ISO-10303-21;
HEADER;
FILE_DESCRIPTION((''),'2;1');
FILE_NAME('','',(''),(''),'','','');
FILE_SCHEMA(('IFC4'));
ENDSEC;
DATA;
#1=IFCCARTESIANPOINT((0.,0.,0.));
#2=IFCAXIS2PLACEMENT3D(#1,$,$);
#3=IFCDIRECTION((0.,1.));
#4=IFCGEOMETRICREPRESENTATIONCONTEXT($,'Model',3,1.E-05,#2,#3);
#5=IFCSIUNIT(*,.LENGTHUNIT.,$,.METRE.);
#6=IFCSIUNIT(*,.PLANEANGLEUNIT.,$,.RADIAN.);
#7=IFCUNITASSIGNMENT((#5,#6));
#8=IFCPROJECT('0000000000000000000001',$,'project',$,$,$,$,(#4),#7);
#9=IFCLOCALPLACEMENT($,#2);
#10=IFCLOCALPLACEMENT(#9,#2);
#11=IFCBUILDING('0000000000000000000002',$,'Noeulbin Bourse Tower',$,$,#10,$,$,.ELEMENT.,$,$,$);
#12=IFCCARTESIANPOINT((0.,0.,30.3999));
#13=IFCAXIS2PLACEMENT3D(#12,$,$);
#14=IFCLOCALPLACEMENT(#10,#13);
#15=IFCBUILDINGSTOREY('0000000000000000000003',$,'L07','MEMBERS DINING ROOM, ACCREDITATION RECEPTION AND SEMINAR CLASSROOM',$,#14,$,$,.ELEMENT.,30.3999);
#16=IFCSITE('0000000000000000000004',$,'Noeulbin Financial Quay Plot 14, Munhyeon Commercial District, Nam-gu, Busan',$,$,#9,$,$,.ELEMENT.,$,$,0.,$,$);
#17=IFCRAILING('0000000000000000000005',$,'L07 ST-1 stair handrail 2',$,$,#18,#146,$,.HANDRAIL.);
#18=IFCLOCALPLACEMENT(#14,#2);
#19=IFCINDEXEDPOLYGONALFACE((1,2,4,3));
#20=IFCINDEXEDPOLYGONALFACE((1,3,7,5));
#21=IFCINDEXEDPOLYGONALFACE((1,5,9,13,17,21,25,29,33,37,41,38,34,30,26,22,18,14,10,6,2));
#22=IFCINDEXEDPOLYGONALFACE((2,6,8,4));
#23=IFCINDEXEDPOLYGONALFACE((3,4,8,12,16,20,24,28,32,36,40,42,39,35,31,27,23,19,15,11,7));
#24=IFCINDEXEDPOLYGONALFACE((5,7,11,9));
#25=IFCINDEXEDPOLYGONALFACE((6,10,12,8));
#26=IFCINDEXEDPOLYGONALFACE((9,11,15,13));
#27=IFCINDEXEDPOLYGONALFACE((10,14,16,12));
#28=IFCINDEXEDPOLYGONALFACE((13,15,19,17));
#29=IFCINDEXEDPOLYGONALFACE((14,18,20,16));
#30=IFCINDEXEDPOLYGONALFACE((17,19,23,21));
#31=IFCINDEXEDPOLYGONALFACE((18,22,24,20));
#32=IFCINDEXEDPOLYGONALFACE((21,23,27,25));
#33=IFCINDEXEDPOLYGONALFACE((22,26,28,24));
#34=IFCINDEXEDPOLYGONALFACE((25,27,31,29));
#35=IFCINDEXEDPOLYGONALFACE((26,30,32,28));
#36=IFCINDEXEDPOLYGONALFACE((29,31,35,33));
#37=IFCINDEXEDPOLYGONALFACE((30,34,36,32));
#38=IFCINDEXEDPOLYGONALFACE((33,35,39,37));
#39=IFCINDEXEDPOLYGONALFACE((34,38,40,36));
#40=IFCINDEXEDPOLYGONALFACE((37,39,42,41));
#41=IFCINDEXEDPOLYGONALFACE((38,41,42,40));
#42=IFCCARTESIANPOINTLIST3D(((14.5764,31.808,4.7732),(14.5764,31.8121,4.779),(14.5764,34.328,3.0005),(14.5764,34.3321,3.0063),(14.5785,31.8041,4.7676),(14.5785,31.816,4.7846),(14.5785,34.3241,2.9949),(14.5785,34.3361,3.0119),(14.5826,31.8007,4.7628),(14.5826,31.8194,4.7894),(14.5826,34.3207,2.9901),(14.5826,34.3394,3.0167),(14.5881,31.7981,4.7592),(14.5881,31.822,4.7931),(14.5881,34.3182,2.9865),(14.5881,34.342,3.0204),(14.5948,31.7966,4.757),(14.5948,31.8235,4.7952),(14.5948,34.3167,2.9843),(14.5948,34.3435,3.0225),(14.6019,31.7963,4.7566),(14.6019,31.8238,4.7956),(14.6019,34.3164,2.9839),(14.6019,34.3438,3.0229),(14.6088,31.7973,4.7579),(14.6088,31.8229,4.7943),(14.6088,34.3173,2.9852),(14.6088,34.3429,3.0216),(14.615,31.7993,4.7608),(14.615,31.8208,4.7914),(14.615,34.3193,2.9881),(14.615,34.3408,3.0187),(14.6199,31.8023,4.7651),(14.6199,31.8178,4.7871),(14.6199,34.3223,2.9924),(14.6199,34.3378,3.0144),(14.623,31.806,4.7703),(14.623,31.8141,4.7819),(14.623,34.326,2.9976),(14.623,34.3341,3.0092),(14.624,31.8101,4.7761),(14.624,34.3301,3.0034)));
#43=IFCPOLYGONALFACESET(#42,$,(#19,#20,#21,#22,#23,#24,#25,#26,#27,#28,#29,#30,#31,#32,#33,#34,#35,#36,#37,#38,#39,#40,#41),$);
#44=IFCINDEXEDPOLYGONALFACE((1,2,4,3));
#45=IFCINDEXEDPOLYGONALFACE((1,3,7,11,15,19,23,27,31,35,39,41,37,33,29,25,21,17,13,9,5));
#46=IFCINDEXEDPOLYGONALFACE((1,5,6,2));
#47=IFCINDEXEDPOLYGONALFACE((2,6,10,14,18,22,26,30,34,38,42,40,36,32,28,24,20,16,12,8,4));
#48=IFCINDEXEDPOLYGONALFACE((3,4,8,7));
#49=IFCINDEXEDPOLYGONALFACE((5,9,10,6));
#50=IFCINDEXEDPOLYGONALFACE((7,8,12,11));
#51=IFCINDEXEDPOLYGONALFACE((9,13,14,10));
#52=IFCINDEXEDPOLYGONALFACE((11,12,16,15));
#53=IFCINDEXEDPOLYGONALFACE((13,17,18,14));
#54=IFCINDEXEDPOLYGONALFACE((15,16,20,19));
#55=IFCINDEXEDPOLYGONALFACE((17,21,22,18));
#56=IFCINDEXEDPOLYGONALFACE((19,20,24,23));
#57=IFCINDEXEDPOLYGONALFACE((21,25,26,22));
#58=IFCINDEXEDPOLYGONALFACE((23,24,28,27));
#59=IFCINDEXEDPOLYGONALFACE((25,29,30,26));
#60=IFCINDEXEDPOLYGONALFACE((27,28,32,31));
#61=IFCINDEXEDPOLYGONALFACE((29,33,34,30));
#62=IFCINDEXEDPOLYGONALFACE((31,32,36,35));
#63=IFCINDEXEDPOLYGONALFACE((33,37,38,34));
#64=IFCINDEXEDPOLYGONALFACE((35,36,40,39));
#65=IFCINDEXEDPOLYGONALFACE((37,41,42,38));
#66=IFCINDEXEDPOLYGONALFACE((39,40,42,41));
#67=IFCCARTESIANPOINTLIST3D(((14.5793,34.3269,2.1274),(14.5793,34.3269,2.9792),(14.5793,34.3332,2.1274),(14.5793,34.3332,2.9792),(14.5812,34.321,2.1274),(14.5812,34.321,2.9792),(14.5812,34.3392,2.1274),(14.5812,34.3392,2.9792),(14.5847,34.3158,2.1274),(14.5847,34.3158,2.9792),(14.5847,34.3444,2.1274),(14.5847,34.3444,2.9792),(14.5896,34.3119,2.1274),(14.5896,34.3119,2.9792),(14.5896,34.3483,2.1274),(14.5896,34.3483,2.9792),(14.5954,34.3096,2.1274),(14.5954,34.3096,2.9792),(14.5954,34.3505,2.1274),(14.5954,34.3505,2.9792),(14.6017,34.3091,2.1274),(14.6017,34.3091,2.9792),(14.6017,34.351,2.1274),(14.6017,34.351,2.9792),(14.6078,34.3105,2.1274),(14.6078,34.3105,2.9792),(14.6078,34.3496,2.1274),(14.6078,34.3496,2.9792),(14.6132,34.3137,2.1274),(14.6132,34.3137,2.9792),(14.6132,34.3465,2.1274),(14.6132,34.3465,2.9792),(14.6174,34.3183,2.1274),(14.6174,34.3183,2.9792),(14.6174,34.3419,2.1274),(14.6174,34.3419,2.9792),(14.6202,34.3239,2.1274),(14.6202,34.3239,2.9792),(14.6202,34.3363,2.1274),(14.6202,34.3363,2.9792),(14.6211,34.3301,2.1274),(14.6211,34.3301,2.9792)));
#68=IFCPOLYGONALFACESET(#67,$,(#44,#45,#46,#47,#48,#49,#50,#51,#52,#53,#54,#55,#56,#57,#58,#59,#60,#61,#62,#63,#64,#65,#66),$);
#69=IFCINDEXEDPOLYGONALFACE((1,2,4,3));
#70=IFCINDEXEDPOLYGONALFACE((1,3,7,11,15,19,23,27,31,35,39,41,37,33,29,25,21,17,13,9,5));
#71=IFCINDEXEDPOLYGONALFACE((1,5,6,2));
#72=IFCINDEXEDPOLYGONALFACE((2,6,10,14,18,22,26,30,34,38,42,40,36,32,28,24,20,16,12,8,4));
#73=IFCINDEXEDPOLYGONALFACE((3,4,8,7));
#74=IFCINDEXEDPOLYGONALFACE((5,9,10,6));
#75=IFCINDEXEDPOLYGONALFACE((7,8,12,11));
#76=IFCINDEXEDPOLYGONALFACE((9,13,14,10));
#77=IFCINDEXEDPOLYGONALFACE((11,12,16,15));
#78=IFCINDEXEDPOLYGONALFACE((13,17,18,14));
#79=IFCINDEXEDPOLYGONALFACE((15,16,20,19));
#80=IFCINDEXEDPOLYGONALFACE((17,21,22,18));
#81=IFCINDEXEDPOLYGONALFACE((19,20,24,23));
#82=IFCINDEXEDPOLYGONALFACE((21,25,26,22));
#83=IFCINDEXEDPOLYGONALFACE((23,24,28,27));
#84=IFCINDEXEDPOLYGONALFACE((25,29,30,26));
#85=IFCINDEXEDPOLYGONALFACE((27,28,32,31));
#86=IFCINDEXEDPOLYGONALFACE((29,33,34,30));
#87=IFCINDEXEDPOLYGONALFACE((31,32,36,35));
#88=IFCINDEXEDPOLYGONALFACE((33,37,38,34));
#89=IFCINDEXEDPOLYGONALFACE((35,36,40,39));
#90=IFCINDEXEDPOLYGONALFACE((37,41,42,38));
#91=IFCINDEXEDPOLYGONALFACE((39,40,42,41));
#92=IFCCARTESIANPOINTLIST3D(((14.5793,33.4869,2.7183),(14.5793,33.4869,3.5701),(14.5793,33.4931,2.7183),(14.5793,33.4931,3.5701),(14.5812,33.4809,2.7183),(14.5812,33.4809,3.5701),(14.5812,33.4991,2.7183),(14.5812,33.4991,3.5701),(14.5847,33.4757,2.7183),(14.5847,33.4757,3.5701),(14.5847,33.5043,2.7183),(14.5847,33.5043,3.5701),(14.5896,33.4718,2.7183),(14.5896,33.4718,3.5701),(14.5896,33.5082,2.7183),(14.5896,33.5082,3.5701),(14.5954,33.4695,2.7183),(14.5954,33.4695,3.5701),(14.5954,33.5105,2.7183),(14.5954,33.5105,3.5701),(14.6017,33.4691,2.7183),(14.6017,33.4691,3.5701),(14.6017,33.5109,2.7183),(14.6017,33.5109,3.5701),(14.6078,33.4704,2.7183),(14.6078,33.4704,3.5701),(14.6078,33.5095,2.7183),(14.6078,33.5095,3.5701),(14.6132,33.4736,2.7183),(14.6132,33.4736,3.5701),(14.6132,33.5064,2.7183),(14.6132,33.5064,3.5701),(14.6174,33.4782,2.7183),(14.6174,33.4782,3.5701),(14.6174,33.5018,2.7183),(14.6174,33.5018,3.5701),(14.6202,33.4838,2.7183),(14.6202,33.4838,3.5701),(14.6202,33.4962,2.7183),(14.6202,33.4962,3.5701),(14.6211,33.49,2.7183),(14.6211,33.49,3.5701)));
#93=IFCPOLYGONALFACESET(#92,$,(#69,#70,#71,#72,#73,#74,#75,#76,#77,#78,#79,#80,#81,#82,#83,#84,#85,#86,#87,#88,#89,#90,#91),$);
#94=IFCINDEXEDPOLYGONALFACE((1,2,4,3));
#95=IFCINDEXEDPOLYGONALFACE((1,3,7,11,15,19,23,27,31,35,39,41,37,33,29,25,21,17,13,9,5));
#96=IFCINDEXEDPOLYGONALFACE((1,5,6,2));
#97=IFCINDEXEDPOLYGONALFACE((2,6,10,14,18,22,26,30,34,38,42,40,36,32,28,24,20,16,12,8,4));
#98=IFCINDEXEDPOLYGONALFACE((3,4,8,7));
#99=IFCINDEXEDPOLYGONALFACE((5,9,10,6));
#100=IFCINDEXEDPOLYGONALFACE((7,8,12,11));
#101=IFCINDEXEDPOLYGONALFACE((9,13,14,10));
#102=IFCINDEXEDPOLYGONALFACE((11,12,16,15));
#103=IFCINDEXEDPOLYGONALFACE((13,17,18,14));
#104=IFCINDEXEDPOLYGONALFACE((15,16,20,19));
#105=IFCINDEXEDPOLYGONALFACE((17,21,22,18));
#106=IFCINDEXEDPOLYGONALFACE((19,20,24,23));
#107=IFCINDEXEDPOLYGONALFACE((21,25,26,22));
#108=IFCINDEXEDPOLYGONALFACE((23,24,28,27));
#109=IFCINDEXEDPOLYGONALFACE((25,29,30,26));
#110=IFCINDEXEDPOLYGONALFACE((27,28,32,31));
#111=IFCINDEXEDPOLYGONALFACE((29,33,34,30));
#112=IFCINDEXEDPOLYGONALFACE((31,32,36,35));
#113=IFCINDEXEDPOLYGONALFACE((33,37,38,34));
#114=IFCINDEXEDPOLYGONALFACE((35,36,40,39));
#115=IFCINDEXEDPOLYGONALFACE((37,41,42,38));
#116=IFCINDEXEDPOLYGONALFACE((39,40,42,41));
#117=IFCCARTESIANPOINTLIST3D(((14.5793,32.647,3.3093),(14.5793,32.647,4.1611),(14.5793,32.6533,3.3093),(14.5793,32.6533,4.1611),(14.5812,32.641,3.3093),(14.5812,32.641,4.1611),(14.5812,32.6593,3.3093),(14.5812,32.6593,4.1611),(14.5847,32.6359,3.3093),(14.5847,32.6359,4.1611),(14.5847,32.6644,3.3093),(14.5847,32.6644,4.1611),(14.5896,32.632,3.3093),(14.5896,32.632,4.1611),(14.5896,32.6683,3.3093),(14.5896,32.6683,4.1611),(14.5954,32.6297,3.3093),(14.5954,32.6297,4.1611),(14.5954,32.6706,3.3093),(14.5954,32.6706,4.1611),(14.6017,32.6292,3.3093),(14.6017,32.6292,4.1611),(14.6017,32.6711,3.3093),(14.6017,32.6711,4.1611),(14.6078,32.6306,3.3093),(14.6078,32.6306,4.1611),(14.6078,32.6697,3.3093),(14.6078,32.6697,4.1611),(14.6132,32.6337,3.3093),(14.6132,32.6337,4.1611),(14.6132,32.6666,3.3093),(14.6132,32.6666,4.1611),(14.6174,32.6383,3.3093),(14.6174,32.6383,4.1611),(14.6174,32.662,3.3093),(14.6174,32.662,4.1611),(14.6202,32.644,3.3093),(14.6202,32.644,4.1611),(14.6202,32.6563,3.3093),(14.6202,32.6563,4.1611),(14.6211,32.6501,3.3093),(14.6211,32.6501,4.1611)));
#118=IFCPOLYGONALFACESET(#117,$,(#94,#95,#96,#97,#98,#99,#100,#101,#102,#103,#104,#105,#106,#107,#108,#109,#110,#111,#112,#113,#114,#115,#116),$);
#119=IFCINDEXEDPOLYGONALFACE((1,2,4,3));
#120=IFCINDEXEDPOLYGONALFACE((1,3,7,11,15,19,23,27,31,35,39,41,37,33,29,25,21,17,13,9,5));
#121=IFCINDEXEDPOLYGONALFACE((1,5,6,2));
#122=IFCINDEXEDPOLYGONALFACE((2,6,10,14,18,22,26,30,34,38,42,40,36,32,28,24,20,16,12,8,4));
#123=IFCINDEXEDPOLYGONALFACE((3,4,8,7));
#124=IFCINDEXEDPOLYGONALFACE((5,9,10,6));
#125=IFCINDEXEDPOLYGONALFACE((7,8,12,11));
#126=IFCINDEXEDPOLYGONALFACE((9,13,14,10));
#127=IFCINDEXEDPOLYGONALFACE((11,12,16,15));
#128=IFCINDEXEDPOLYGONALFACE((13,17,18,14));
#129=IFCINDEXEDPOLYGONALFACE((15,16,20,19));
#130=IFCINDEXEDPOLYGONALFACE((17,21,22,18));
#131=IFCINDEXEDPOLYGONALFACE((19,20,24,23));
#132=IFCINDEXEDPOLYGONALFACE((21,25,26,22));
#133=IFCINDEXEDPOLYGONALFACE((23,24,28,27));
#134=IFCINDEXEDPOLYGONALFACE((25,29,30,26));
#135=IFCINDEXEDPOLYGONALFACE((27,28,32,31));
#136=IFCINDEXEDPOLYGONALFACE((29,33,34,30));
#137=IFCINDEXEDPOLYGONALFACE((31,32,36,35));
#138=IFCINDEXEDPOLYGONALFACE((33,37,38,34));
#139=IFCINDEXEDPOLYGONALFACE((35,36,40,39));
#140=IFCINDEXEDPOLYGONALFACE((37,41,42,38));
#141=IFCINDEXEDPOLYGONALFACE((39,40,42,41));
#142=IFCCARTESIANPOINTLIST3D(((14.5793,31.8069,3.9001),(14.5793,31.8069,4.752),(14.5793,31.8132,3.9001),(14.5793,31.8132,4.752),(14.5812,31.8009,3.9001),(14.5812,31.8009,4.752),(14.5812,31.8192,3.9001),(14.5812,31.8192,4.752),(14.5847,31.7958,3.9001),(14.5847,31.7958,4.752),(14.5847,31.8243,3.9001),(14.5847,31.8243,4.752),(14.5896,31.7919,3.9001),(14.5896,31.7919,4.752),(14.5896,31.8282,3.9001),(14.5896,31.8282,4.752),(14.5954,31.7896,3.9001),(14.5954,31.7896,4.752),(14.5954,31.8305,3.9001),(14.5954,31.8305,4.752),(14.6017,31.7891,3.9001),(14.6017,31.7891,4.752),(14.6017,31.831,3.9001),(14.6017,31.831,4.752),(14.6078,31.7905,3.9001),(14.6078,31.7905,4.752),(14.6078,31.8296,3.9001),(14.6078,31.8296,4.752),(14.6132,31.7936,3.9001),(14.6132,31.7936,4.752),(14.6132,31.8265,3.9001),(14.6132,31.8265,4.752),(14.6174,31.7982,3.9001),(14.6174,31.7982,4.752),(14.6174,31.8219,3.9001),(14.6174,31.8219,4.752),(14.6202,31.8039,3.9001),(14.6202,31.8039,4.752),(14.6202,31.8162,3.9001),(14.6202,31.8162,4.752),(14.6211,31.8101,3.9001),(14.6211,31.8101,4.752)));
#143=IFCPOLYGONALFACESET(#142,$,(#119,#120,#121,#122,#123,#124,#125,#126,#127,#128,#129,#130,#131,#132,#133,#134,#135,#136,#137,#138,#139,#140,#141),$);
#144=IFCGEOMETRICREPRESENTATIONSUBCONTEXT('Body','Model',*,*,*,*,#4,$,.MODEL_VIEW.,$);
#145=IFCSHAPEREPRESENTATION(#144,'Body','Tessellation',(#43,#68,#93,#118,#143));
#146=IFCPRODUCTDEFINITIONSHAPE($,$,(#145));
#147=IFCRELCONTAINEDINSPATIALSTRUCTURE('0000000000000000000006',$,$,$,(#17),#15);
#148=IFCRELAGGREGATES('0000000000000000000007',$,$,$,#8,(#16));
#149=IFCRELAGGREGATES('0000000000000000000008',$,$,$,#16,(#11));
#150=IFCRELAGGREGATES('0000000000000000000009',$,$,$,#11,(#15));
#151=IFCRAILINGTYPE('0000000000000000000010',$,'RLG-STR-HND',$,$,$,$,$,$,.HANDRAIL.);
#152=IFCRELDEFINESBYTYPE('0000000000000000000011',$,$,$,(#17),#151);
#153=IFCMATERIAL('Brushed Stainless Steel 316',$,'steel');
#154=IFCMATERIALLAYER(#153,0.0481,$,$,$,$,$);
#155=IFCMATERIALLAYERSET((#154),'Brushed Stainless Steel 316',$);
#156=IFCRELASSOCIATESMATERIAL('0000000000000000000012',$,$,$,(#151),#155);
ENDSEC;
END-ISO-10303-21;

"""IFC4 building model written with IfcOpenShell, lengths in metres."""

from ifc_helpers import new_model, si_unit, direction, frame, origin, origin_2d, place, context, subcontext, project, spatial, circle, extrude, material, layer, layer_set, type_object, element, save


model = new_model("IFC4")

# Units and contexts
model_context = context("Model", 3, precision=1e-05, world=origin(), true_north=direction((0.0, 1.0)))
body_context = subcontext(model_context, "Body", "Model", "MODEL_VIEW")
ifc_project = project(units=[si_unit("LENGTHUNIT", "METRE"), si_unit("PLANEANGLEUNIT", "RADIAN")], contexts=[model_context])

# Site, building, storey
site_placement = place(None, origin())
site = spatial("IfcSite", under=ifc_project, at=site_placement, Name="Noeulbin Financial Quay Plot 14, Munhyeon Commercial District, Nam-gu, Busan", CompositionType="ELEMENT", RefElevation=0.0)
building_placement = place(site_placement, origin())
building = spatial("IfcBuilding", under=site, at=building_placement, Name="Noeulbin Bourse Tower", CompositionType="ELEMENT")
storey_placement = place(building_placement, frame((0.0, 0.0, 30.3999)))
storey = spatial("IfcBuildingStorey", under=building, at=storey_placement, Name="L07", Description="MEMBERS DINING ROOM, ACCREDITATION RECEPTION AND SEMINAR CLASSROOM", CompositionType="ELEMENT", Elevation=30.3999)

# Shared definitions
ifc_material_1 = material(Name="Brushed Stainless Steel 316", Category="steel")

# Railing
ifc_layer_1 = layer(ifc_material_1, 0.0481)
ifc_layer_set_1 = layer_set([ifc_layer_1], Name="Brushed Stainless Steel 316")
railing_type_1 = type_object("IfcRailingType", Name="RLG-STR-HND", PredefinedType="HANDRAIL", material=ifc_layer_set_1)
railing_1_placement = place(storey_placement, frame((14.6001, 34.3301, 2.1274)))
element("IfcRailing", 1, at=railing_1_placement, inside=storey, type_object=railing_type_1, Name="L07 ST-1 stair handrail 2", PredefinedType="HANDRAIL", context=body_context, shape_type="SweptSolid", body=[
    extrude(circle(Radius=0.0239, at=origin_2d()), frame((0.0, 0.0, 0.876), z_axis=(0.0, -0.817904, 0.575354), x_axis=(1.0, 0.0, 0.0)), (0.0, 0.0, 1.0), 3.0811),
    extrude(circle(Radius=0.021, at=origin_2d()), origin(), (0.0, 0.0, 1.0), 0.8518),
    extrude(circle(Radius=0.021, at=origin_2d()), frame((0.0, -0.8401, 0.5908)), (0.0, 0.0, 1.0), 0.8518),
    extrude(circle(Radius=0.021, at=origin_2d()), frame((0.0, -1.6799, 1.1819)), (0.0, 0.0, 1.0), 0.8518),
    extrude(circle(Radius=0.021, at=origin_2d()), frame((0.0, -2.52, 1.7727)), (0.0, 0.0, 1.0), 0.8518),
])

save(model, "model.ifc")
